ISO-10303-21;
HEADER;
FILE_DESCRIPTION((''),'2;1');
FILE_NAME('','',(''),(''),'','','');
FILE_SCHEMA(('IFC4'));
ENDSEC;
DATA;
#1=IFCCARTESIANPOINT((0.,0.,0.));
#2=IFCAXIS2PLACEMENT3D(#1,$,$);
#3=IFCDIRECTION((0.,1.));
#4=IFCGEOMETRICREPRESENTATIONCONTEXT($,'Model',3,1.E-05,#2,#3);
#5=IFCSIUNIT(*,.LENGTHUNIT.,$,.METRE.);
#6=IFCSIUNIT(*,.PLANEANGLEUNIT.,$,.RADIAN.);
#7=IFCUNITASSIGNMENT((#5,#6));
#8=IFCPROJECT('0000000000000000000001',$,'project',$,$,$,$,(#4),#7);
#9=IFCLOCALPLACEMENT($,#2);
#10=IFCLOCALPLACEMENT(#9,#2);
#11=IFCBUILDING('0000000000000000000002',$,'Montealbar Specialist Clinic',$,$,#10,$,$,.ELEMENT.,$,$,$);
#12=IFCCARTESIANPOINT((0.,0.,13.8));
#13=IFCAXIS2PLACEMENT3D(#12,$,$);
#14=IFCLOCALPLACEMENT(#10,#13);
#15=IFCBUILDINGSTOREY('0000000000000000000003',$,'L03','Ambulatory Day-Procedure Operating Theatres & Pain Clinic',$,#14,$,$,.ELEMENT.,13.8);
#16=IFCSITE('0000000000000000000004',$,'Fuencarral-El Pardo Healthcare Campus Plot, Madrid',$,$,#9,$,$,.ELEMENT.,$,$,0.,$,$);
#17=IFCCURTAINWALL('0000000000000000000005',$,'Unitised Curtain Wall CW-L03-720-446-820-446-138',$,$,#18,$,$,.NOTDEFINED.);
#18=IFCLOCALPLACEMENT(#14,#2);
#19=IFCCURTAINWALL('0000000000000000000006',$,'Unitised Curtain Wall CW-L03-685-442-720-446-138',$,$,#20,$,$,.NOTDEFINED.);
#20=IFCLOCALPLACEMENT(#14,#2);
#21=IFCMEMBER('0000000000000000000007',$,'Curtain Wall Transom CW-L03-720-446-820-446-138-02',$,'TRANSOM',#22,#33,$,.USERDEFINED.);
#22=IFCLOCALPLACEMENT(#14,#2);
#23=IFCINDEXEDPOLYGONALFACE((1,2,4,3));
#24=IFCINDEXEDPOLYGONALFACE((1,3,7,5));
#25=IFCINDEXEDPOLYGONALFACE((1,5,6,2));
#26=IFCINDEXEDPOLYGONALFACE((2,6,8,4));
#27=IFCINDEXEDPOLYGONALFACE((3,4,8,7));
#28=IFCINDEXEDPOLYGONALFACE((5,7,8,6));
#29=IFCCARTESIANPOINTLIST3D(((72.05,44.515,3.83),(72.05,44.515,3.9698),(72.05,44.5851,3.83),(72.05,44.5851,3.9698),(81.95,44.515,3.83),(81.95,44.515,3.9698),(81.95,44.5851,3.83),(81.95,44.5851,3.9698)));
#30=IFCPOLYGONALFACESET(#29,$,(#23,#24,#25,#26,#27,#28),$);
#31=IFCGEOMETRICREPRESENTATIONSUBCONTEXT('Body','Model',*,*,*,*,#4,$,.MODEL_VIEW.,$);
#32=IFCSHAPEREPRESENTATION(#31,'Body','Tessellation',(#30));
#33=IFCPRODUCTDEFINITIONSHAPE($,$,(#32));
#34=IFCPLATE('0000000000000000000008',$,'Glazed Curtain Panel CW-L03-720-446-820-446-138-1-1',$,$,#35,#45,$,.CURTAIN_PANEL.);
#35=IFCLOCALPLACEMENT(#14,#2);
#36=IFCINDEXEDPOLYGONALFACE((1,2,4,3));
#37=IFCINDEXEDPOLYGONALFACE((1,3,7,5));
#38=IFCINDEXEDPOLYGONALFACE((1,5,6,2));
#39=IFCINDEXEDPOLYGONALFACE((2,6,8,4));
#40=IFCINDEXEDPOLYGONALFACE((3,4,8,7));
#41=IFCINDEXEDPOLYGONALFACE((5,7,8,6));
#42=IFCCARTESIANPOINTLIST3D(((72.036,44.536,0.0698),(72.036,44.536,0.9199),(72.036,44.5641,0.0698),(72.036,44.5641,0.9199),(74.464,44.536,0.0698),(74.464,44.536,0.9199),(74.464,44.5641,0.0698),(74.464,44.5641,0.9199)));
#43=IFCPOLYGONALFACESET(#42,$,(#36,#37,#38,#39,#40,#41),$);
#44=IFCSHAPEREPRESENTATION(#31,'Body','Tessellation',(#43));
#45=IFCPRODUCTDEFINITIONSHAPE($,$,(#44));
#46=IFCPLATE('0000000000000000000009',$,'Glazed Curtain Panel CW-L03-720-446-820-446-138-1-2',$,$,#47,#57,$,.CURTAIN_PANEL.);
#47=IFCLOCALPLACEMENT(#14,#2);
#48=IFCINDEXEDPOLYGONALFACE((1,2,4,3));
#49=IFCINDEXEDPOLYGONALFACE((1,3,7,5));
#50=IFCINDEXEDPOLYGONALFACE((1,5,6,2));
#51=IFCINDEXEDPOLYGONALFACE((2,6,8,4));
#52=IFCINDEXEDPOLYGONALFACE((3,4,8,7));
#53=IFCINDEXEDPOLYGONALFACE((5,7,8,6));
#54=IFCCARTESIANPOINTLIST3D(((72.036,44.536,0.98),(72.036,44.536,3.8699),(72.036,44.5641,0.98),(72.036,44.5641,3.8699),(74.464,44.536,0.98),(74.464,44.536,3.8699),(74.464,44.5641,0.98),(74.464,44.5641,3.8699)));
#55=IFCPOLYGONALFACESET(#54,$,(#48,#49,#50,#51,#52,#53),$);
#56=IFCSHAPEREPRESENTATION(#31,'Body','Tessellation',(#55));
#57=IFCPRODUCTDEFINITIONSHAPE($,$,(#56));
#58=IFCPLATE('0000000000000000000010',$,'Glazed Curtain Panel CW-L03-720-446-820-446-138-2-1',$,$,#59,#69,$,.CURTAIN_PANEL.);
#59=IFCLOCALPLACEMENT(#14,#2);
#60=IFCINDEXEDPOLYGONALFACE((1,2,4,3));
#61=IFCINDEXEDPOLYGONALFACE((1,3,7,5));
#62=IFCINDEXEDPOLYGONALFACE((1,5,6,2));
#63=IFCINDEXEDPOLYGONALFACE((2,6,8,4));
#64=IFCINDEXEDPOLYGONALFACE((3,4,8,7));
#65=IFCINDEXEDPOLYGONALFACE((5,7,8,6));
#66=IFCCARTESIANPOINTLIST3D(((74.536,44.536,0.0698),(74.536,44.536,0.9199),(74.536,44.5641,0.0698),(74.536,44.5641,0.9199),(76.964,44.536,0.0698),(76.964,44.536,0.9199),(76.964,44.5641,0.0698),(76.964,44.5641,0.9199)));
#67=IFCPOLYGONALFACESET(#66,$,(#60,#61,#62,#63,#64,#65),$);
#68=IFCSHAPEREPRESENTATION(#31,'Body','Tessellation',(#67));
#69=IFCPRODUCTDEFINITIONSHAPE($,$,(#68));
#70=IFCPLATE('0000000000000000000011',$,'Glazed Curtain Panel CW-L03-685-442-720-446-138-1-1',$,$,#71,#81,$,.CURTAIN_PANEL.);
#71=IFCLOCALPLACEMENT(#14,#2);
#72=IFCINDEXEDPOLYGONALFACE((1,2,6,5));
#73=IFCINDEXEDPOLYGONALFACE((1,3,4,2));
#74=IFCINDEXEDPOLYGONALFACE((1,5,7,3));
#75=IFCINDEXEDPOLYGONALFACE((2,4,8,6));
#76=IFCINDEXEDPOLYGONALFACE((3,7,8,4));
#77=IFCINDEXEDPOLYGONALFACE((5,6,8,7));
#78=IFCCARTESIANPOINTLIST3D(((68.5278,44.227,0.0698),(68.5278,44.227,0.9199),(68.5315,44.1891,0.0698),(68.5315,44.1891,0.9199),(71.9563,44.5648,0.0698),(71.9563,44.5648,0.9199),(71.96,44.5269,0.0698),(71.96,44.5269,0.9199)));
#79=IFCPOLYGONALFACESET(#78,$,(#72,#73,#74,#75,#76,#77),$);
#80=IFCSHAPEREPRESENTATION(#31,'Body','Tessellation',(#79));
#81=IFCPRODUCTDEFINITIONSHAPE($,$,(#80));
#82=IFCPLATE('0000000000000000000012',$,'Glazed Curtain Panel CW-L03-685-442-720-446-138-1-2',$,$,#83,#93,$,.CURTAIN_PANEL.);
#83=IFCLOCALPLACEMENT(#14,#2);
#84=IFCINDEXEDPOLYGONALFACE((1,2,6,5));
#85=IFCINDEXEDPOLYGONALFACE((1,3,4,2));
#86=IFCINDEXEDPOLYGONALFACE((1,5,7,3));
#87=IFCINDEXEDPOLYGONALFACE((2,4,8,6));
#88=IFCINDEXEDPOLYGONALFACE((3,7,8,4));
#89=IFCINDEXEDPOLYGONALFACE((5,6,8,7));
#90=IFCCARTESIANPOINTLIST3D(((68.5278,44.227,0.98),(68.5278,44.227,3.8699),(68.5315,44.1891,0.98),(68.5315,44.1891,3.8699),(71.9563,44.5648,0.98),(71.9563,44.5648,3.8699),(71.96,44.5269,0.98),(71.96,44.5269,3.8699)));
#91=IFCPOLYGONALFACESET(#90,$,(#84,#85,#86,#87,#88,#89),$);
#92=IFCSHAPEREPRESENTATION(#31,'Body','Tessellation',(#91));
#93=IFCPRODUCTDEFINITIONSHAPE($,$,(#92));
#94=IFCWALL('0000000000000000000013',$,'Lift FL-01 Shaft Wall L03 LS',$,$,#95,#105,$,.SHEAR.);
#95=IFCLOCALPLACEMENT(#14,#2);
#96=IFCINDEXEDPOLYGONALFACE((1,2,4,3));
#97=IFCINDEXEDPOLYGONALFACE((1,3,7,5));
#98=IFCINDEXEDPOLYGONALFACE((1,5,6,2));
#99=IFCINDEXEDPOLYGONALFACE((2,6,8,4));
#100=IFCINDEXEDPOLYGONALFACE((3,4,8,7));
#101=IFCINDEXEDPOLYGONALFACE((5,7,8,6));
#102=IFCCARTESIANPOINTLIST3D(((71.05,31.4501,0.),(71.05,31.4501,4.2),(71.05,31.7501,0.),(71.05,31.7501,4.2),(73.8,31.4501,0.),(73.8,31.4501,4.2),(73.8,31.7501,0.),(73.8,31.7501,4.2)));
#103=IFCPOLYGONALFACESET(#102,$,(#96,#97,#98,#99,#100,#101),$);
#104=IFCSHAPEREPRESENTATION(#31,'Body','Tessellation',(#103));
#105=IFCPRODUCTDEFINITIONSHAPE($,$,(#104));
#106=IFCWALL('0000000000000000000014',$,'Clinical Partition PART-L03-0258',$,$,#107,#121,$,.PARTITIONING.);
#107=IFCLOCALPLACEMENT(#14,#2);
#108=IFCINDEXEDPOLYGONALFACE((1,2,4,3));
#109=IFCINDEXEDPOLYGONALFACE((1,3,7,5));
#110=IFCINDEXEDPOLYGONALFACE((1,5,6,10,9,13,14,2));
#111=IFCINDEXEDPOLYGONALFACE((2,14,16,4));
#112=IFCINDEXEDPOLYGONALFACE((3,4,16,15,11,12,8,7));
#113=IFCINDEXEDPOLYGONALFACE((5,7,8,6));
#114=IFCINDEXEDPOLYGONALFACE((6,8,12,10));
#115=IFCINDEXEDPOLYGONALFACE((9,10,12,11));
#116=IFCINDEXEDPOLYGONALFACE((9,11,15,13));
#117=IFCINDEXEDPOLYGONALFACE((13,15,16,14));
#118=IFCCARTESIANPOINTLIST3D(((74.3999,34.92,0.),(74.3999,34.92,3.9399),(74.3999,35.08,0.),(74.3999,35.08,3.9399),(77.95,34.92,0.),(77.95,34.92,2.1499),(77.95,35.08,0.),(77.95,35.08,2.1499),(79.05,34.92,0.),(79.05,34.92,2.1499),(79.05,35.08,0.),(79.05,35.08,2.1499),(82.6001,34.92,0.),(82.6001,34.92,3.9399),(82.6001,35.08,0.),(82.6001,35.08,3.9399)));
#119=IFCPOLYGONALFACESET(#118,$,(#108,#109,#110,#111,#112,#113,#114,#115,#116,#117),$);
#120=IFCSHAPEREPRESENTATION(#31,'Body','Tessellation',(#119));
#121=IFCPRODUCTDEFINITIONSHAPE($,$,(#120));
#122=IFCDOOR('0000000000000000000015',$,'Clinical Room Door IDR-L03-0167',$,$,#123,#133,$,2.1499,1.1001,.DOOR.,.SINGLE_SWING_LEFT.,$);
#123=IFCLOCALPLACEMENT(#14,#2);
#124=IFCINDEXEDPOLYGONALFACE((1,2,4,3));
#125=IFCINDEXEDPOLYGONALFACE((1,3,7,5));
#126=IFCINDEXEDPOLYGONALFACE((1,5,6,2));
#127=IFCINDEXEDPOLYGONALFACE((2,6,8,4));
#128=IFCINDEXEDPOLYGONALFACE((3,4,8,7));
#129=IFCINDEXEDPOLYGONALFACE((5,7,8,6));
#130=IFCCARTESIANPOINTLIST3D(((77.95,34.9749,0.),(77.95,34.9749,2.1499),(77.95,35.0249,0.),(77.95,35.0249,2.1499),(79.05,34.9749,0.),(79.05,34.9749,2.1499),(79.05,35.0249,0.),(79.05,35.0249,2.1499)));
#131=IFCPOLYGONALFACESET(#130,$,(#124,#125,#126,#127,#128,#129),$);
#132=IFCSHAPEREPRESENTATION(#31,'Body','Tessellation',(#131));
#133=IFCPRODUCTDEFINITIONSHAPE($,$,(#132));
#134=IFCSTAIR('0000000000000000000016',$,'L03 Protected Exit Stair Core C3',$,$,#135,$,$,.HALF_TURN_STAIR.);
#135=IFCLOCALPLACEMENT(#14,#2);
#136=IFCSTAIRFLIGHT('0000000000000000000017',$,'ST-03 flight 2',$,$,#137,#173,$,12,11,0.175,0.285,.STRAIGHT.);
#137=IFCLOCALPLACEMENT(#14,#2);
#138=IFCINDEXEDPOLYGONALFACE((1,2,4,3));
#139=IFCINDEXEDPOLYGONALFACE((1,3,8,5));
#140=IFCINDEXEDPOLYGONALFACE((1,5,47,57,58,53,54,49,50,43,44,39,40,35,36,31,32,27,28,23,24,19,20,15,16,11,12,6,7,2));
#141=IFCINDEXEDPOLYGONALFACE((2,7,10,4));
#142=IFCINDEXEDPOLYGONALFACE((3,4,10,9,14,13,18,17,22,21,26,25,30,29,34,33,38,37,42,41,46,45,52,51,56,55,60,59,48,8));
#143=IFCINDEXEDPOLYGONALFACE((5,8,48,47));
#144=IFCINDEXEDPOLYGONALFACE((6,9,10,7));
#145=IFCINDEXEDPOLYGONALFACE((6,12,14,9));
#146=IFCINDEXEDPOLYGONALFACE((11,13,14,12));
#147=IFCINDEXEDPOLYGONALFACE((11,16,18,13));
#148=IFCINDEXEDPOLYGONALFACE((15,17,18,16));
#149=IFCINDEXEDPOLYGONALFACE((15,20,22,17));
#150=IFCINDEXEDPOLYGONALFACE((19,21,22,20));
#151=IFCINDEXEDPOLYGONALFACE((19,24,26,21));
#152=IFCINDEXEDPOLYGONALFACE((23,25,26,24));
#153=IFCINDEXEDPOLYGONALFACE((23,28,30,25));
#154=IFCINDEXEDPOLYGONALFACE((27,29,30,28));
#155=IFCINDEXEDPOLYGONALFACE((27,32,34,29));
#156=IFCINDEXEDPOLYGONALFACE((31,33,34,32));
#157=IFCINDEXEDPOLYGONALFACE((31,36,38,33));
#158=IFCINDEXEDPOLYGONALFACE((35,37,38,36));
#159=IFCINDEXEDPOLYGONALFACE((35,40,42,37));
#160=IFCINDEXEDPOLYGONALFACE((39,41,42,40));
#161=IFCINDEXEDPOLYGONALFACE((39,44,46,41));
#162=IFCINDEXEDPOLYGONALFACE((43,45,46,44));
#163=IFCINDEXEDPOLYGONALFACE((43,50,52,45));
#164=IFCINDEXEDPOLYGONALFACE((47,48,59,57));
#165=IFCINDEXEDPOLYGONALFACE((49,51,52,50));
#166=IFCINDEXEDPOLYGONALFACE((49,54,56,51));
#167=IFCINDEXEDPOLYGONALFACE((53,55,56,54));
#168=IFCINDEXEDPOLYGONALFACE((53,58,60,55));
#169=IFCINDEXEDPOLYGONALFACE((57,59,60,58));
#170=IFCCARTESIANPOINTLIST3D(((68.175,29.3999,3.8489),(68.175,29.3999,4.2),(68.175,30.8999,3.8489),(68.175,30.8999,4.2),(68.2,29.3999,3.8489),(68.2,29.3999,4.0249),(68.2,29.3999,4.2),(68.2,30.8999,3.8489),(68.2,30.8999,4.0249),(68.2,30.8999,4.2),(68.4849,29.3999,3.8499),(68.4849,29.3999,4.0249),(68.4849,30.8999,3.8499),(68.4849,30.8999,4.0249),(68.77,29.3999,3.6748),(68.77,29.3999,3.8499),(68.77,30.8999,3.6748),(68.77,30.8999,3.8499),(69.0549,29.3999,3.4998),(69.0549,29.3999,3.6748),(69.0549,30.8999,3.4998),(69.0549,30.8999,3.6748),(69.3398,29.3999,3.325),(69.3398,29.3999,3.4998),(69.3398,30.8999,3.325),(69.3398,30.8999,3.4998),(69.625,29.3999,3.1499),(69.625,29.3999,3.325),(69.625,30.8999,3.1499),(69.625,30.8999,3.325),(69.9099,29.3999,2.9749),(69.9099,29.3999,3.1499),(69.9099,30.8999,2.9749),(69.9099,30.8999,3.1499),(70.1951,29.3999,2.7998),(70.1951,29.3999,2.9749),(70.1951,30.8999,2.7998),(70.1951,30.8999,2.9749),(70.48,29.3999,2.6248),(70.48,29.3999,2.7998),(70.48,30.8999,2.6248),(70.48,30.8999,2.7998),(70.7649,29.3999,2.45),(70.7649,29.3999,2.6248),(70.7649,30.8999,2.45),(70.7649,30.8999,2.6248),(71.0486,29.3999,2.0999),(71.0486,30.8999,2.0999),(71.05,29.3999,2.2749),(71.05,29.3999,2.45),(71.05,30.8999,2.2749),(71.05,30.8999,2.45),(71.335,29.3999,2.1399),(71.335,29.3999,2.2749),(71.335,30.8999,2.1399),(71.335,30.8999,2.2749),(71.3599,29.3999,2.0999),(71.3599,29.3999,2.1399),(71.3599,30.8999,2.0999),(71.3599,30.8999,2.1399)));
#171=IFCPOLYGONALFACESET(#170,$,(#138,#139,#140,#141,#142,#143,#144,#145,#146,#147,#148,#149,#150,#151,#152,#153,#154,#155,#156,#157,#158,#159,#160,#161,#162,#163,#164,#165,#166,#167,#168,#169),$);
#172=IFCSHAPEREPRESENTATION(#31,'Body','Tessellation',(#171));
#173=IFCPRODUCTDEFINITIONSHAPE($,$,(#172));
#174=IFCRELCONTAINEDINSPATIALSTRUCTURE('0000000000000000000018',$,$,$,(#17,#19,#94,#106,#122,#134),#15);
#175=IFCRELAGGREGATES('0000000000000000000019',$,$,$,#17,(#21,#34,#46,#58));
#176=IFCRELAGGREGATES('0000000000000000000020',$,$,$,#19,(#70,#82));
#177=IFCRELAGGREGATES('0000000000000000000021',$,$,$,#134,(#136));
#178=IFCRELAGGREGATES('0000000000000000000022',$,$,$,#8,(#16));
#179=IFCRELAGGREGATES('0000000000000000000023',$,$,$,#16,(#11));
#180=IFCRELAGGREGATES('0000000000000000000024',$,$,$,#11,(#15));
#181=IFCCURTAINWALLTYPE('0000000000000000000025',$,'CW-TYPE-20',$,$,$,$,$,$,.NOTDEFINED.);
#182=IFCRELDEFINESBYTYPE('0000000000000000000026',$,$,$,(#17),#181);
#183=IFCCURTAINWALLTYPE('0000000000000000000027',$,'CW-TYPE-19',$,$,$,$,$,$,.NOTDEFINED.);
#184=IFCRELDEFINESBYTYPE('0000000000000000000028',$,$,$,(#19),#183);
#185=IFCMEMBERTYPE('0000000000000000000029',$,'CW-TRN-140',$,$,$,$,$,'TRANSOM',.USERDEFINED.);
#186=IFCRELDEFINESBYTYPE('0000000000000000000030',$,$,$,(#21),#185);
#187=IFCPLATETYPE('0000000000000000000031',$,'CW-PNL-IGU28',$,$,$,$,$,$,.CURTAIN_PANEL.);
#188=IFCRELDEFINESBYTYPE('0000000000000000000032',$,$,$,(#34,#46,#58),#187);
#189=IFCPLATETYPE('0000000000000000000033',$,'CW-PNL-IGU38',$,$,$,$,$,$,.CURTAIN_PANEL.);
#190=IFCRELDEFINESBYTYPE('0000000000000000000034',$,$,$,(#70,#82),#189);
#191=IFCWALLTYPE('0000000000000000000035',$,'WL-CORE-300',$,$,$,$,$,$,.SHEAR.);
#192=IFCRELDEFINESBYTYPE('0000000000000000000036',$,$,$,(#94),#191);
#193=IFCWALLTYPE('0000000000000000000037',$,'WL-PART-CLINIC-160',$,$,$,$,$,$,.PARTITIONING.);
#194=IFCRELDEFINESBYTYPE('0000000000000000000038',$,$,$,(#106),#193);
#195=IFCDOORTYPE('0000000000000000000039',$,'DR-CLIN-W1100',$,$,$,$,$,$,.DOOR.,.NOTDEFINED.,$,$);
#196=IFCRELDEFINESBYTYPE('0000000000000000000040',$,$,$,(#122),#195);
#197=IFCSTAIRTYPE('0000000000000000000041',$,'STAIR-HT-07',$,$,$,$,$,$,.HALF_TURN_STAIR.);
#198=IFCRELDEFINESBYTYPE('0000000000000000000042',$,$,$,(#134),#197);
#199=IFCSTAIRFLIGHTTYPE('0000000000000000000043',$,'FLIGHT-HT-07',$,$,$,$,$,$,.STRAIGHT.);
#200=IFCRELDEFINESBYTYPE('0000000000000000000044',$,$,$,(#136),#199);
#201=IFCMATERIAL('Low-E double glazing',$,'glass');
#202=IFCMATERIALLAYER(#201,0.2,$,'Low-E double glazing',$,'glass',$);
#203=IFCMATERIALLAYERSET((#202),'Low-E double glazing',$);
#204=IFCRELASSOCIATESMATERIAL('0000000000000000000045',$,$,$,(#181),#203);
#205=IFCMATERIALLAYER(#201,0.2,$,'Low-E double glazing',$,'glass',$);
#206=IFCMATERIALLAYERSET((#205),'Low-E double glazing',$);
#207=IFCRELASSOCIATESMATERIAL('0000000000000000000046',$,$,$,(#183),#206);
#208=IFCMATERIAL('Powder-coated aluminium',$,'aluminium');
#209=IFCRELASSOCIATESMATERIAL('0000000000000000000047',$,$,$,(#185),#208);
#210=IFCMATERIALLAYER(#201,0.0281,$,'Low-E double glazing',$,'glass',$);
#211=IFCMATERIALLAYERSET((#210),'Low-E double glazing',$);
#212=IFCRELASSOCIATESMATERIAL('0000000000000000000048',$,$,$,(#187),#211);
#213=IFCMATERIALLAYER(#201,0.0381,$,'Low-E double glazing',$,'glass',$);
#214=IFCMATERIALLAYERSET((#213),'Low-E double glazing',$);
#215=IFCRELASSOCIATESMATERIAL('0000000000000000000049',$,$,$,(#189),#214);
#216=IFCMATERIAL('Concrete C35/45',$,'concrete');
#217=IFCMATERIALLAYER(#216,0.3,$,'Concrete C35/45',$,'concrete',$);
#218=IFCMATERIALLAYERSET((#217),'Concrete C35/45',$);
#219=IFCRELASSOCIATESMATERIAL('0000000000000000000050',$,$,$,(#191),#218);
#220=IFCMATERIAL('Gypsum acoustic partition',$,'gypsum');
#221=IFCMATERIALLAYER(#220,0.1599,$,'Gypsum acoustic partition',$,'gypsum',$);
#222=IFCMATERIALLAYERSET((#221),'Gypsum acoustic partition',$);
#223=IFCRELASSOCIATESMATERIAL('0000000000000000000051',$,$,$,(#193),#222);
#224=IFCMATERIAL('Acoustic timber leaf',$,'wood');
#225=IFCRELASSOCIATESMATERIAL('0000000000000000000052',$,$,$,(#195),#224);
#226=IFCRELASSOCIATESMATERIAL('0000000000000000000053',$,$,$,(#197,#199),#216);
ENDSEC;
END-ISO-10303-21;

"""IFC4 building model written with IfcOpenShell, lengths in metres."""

from ifc_helpers import new_model, si_unit, direction, frame, frame_2d, origin, origin_2d, place, context, subcontext, project, spatial, polyline, rectangle, outline, extrude, material, layer, layer_set, material_profile, profile_set, type_object, element, fill, aggregate, save


model = new_model("IFC4")

# Units and contexts
model_context = context("Model", 3, precision=1e-05, world=origin(), true_north=direction((0.0, 1.0)))
body_context = subcontext(model_context, "Body", "Model", "MODEL_VIEW")
ifc_project = project(units=[si_unit("LENGTHUNIT", "METRE"), si_unit("PLANEANGLEUNIT", "RADIAN")], contexts=[model_context])

# Site, building, storey
site_placement = place(None, origin())
site = spatial("IfcSite", under=ifc_project, at=site_placement, Name="Fuencarral-El Pardo Healthcare Campus Plot, Madrid", CompositionType="ELEMENT", RefElevation=0.0)
building_placement = place(site_placement, origin())
building = spatial("IfcBuilding", under=site, at=building_placement, Name="Montealbar Specialist Clinic", CompositionType="ELEMENT")
storey_placement = place(building_placement, frame((0.0, 0.0, 13.8)))
storey = spatial("IfcBuildingStorey", under=building, at=storey_placement, Name="L03", Description="Ambulatory Day-Procedure Operating Theatres & Pain Clinic", CompositionType="ELEMENT", Elevation=13.8)

# Curtain wall
ifc_material_1 = material(Name="Low-E double glazing", Category="glass")
ifc_layer_1 = layer(ifc_material_1, 0.2, Name="Low-E double glazing", Category="glass")
ifc_layer_set_1 = layer_set([ifc_layer_1], Name="Low-E double glazing")
curtain_wall_type_1 = type_object("IfcCurtainWallType", Name="CW-TYPE-20", PredefinedType="NOTDEFINED", material=ifc_layer_set_1)
curtain_wall_1_placement = place(storey_placement, origin())
curtain_wall_1 = element("IfcCurtainWall", 1, at=curtain_wall_1_placement, inside=storey, type_object=curtain_wall_type_1, Name="Unitised Curtain Wall CW-L03-720-446-820-446-138", PredefinedType="NOTDEFINED")

# Shared definitions
ifc_layer_2 = layer(ifc_material_1, 0.2, Name="Low-E double glazing", Category="glass")
ifc_layer_set_2 = layer_set([ifc_layer_2], Name="Low-E double glazing")
curtain_wall_type_2 = type_object("IfcCurtainWallType", Name="CW-TYPE-19", PredefinedType="NOTDEFINED", material=ifc_layer_set_2)

# Curtain wall
curtain_wall_2_placement = place(storey_placement, origin())
curtain_wall_2 = element("IfcCurtainWall", 2, at=curtain_wall_2_placement, inside=storey, type_object=curtain_wall_type_2, Name="Unitised Curtain Wall CW-L03-685-442-720-446-138", PredefinedType="NOTDEFINED")
ifc_material_2 = material(Name="Powder-coated aluminium", Category="aluminium")
ifc_material_profile_1 = material_profile(ifc_material_2, rectangle(XDim=0.0701, YDim=0.1399, at=origin_2d()), Name="ALU 70x140", Category="aluminium")
ifc_profile_set_1 = profile_set([ifc_material_profile_1], Name="Powder-coated aluminium")
member_type_1 = type_object("IfcMemberType", Name="CW-TRN-140", ElementType="TRANSOM", PredefinedType="USERDEFINED", material=ifc_profile_set_1)

# Member
member_1_placement = place(storey_placement, frame((72.05, 44.55, 3.8999), z_axis=(1.0, 0.0, 0.0), x_axis=(0.0, 1.0, 0.0)))
member_1 = element("IfcMember", 3, at=member_1_placement, type_object=member_type_1, Name="Curtain Wall Transom CW-L03-720-446-820-446-138-02", ObjectType="TRANSOM", PredefinedType="USERDEFINED", context=body_context, shape_type="SweptSolid", body=[
    extrude(rectangle(XDim=0.0701, YDim=0.1399, at=origin_2d()), origin(), (0.0, 0.0, 1.0), 9.8999),
])

# Plates
ifc_layer_3 = layer(ifc_material_1, 0.0281, Name="Low-E double glazing", Category="glass")
ifc_layer_set_3 = layer_set([ifc_layer_3], Name="Low-E double glazing")
plate_type_1 = type_object("IfcPlateType", Name="CW-PNL-IGU28", PredefinedType="CURTAIN_PANEL", material=ifc_layer_set_3)
plate_1_placement = place(storey_placement, frame((73.25, 44.55, 0.0698), z_axis=(0.0, 0.0, 1.0), x_axis=(1.0, 0.0, 0.0)))
plate_1 = element("IfcPlate", 4, at=plate_1_placement, type_object=plate_type_1, Name="Glazed Curtain Panel CW-L03-720-446-820-446-138-1-1", PredefinedType="CURTAIN_PANEL", context=body_context, shape_type="SweptSolid", body=[
    extrude(rectangle(XDim=2.428, YDim=0.0281, at=origin_2d()), origin(), (0.0, 0.0, 1.0), 0.8501),
])
plate_2_placement = place(storey_placement, frame((73.25, 44.55, 0.98), z_axis=(0.0, 0.0, 1.0), x_axis=(1.0, 0.0, 0.0)))
plate_2 = element("IfcPlate", 5, at=plate_2_placement, type_object=plate_type_1, Name="Glazed Curtain Panel CW-L03-720-446-820-446-138-1-2", PredefinedType="CURTAIN_PANEL", context=body_context, shape_type="SweptSolid", body=[
    extrude(rectangle(XDim=2.428, YDim=0.0281, at=origin_2d()), origin(), (0.0, 0.0, 1.0), 2.8899),
])
plate_3_placement = place(storey_placement, frame((75.75, 44.55, 0.0698), z_axis=(0.0, 0.0, 1.0), x_axis=(1.0, 0.0, 0.0)))
plate_3 = element("IfcPlate", 6, at=plate_3_placement, type_object=plate_type_1, Name="Glazed Curtain Panel CW-L03-720-446-820-446-138-2-1", PredefinedType="CURTAIN_PANEL", context=body_context, shape_type="SweptSolid", body=[
    extrude(rectangle(XDim=2.428, YDim=0.0281, at=origin_2d()), origin(), (0.0, 0.0, 1.0), 0.8501),
])
aggregate(curtain_wall_1, [member_1, plate_1, plate_2, plate_3])
ifc_layer_4 = layer(ifc_material_1, 0.0381, Name="Low-E double glazing", Category="glass")
ifc_layer_set_4 = layer_set([ifc_layer_4], Name="Low-E double glazing")
plate_type_2 = type_object("IfcPlateType", Name="CW-PNL-IGU38", PredefinedType="CURTAIN_PANEL", material=ifc_layer_set_4)
plate_4_placement = place(storey_placement, frame((70.2439, 44.377, 0.0698), z_axis=(0.0, 0.0, 1.0), x_axis=(0.995182, 0.098045, 0.0)))
plate_4 = element("IfcPlate", 7, at=plate_4_placement, type_object=plate_type_2, Name="Glazed Curtain Panel CW-L03-685-442-720-446-138-1-1", PredefinedType="CURTAIN_PANEL", context=body_context, shape_type="SweptSolid", body=[
    extrude(rectangle(XDim=3.4451, YDim=0.0381, at=origin_2d()), origin(), (0.0, 0.0, 1.0), 0.8501),
])
plate_5_placement = place(storey_placement, frame((70.2439, 44.377, 0.98), z_axis=(0.0, 0.0, 1.0), x_axis=(0.995182, 0.098045, 0.0)))
plate_5 = element("IfcPlate", 8, at=plate_5_placement, type_object=plate_type_2, Name="Glazed Curtain Panel CW-L03-685-442-720-446-138-1-2", PredefinedType="CURTAIN_PANEL", context=body_context, shape_type="SweptSolid", body=[
    extrude(rectangle(XDim=3.4451, YDim=0.0381, at=origin_2d()), origin(), (0.0, 0.0, 1.0), 2.8899),
])
aggregate(curtain_wall_2, [plate_4, plate_5])

# Wall
ifc_material_3 = material(Name="Concrete C35/45", Category="concrete")
ifc_layer_5 = layer(ifc_material_3, 0.3, Name="Concrete C35/45", Category="concrete")
ifc_layer_set_5 = layer_set([ifc_layer_5], Name="Concrete C35/45")
wall_type_1 = type_object("IfcWallType", Name="WL-CORE-300", PredefinedType="SHEAR", material=ifc_layer_set_5)
wall_1_placement = place(storey_placement, frame((71.05, 31.6001, 0.0), z_axis=(0.0, 0.0, 1.0), x_axis=(1.0, 0.0, 0.0)))
element("IfcWall", 9, at=wall_1_placement, inside=storey, type_object=wall_type_1, Name="Lift FL-01 Shaft Wall L03 LS", PredefinedType="SHEAR", context=body_context, shape_type="SweptSolid", body=[
    extrude(rectangle(XDim=2.75, YDim=0.3, at=frame_2d((1.375, 0.0))), origin(), (0.0, 0.0, 1.0), 4.2),
])

# Wall, opening, door
ifc_material_4 = material(Name="Gypsum acoustic partition", Category="gypsum")
ifc_layer_6 = layer(ifc_material_4, 0.1599, Name="Gypsum acoustic partition", Category="gypsum")
ifc_layer_set_6 = layer_set([ifc_layer_6], Name="Gypsum acoustic partition")
wall_type_2 = type_object("IfcWallType", Name="WL-PART-CLINIC-160", PredefinedType="PARTITIONING", material=ifc_layer_set_6)
wall_2_placement = place(storey_placement, frame((74.3999, 35.0, 0.0), z_axis=(0.0, 0.0, 1.0), x_axis=(1.0, 0.0, 0.0)))
wall_2 = element("IfcWall", 10, at=wall_2_placement, inside=storey, type_object=wall_type_2, Name="Clinical Partition PART-L03-0258", PredefinedType="PARTITIONING", context=body_context, shape_type="SweptSolid", body=[
    extrude(rectangle(XDim=8.2002, YDim=0.1599, at=frame_2d((4.1001, 0.0))), origin(), (0.0, 0.0, 1.0), 3.9399),
])
opening_1_placement = place(wall_2_placement, frame((3.55, 0.0, 0.0)))
opening_1 = element("IfcOpeningElement", 11, at=opening_1_placement, cuts=wall_2, PredefinedType="OPENING", context=body_context, shape_type="SweptSolid", body=[
    extrude(rectangle(XDim=1.1001, YDim=2.1499, at=frame_2d((0.55, 1.075))), frame((0.0, 0.0898, 0.0), z_axis=(0.0, -1.0, 0.0), x_axis=(1.0, 0.0, 0.0)), (0.0, 0.0, 1.0), 0.1799),
])
ifc_material_5 = material(Name="Acoustic timber leaf", Category="wood")
door_type_1 = type_object("IfcDoorType", Name="DR-CLIN-W1100", OperationType="NOTDEFINED", PredefinedType="DOOR", material=ifc_material_5)
door_1_placement = place(opening_1_placement, origin())
door_1 = element("IfcDoor", 12, at=door_1_placement, inside=storey, type_object=door_type_1, Name="Clinical Room Door IDR-L03-0167", OperationType="SINGLE_SWING_LEFT", OverallHeight=2.1499, OverallWidth=1.1001, PredefinedType="DOOR", context=body_context, shape_type="SweptSolid", body=[
    extrude(rectangle(XDim=1.1001, YDim=2.1499, at=frame_2d((0.55, 1.075))), frame((0.0, 0.0249, 0.0), z_axis=(0.0, -1.0, 0.0), x_axis=(1.0, 0.0, 0.0)), (0.0, 0.0, 1.0), 0.05),
])
fill(opening_1, door_1)

# Stair, stair flight
stair_type = type_object("IfcStairType", Name="STAIR-HT-07", PredefinedType="HALF_TURN_STAIR", material=ifc_material_3)
stair_placement = place(storey_placement, origin())
stair = element("IfcStair", 13, at=stair_placement, inside=storey, type_object=stair_type, Name="L03 Protected Exit Stair Core C3", PredefinedType="HALF_TURN_STAIR")
stair_flight_type = type_object("IfcStairFlightType", Name="FLIGHT-HT-07", PredefinedType="STRAIGHT", material=ifc_material_3)
stair_flight_placement = place(storey_placement, frame((71.335, 30.1499, 2.0999), z_axis=(0.0, 0.0, 1.0), x_axis=(-1.0, 0.0, 0.0)))
stair_flight = element("IfcStairFlight", 14, at=stair_flight_placement, type_object=stair_flight_type, Name="ST-03 flight 2", NumberOfRisers=12, NumberOfTreads=11, PredefinedType="STRAIGHT", RiserHeight=0.175, TreadLength=0.285, context=body_context, shape_type="SweptSolid", body=[
    extrude(outline(polyline([(-0.0249, 0.0), (-0.0249, 0.04), (0.0, 0.04), (0.0, 0.175), (0.2849, 0.175), (0.2849, 0.3501), (0.5701, 0.3501), (0.5701, 0.5249), (0.855, 0.5249), (0.855, 0.7), (1.1399, 0.7), (1.1399, 0.875), (1.425, 0.875), (1.425, 1.05), (1.71, 1.05), (1.71, 1.2251), (1.9951, 1.2251), (1.9951, 1.3999), (2.28, 1.3999), (2.28, 1.575), (2.5649, 1.575), (2.5649, 1.75), (2.8501, 1.75), (2.8501, 1.925), (3.135, 1.925), (3.135, 2.1001), (3.1599, 2.1001), (3.1599, 1.749), (3.135, 1.749), (0.2864, 0.0), (-0.0249, 0.0)])), frame((0.0, 0.75, 0.0), z_axis=(0.0, -1.0, 0.0), x_axis=(1.0, 0.0, 0.0)), (0.0, 0.0, 1.0), 1.5),
])
aggregate(stair, [stair_flight])

save(model, "model.ifc")
